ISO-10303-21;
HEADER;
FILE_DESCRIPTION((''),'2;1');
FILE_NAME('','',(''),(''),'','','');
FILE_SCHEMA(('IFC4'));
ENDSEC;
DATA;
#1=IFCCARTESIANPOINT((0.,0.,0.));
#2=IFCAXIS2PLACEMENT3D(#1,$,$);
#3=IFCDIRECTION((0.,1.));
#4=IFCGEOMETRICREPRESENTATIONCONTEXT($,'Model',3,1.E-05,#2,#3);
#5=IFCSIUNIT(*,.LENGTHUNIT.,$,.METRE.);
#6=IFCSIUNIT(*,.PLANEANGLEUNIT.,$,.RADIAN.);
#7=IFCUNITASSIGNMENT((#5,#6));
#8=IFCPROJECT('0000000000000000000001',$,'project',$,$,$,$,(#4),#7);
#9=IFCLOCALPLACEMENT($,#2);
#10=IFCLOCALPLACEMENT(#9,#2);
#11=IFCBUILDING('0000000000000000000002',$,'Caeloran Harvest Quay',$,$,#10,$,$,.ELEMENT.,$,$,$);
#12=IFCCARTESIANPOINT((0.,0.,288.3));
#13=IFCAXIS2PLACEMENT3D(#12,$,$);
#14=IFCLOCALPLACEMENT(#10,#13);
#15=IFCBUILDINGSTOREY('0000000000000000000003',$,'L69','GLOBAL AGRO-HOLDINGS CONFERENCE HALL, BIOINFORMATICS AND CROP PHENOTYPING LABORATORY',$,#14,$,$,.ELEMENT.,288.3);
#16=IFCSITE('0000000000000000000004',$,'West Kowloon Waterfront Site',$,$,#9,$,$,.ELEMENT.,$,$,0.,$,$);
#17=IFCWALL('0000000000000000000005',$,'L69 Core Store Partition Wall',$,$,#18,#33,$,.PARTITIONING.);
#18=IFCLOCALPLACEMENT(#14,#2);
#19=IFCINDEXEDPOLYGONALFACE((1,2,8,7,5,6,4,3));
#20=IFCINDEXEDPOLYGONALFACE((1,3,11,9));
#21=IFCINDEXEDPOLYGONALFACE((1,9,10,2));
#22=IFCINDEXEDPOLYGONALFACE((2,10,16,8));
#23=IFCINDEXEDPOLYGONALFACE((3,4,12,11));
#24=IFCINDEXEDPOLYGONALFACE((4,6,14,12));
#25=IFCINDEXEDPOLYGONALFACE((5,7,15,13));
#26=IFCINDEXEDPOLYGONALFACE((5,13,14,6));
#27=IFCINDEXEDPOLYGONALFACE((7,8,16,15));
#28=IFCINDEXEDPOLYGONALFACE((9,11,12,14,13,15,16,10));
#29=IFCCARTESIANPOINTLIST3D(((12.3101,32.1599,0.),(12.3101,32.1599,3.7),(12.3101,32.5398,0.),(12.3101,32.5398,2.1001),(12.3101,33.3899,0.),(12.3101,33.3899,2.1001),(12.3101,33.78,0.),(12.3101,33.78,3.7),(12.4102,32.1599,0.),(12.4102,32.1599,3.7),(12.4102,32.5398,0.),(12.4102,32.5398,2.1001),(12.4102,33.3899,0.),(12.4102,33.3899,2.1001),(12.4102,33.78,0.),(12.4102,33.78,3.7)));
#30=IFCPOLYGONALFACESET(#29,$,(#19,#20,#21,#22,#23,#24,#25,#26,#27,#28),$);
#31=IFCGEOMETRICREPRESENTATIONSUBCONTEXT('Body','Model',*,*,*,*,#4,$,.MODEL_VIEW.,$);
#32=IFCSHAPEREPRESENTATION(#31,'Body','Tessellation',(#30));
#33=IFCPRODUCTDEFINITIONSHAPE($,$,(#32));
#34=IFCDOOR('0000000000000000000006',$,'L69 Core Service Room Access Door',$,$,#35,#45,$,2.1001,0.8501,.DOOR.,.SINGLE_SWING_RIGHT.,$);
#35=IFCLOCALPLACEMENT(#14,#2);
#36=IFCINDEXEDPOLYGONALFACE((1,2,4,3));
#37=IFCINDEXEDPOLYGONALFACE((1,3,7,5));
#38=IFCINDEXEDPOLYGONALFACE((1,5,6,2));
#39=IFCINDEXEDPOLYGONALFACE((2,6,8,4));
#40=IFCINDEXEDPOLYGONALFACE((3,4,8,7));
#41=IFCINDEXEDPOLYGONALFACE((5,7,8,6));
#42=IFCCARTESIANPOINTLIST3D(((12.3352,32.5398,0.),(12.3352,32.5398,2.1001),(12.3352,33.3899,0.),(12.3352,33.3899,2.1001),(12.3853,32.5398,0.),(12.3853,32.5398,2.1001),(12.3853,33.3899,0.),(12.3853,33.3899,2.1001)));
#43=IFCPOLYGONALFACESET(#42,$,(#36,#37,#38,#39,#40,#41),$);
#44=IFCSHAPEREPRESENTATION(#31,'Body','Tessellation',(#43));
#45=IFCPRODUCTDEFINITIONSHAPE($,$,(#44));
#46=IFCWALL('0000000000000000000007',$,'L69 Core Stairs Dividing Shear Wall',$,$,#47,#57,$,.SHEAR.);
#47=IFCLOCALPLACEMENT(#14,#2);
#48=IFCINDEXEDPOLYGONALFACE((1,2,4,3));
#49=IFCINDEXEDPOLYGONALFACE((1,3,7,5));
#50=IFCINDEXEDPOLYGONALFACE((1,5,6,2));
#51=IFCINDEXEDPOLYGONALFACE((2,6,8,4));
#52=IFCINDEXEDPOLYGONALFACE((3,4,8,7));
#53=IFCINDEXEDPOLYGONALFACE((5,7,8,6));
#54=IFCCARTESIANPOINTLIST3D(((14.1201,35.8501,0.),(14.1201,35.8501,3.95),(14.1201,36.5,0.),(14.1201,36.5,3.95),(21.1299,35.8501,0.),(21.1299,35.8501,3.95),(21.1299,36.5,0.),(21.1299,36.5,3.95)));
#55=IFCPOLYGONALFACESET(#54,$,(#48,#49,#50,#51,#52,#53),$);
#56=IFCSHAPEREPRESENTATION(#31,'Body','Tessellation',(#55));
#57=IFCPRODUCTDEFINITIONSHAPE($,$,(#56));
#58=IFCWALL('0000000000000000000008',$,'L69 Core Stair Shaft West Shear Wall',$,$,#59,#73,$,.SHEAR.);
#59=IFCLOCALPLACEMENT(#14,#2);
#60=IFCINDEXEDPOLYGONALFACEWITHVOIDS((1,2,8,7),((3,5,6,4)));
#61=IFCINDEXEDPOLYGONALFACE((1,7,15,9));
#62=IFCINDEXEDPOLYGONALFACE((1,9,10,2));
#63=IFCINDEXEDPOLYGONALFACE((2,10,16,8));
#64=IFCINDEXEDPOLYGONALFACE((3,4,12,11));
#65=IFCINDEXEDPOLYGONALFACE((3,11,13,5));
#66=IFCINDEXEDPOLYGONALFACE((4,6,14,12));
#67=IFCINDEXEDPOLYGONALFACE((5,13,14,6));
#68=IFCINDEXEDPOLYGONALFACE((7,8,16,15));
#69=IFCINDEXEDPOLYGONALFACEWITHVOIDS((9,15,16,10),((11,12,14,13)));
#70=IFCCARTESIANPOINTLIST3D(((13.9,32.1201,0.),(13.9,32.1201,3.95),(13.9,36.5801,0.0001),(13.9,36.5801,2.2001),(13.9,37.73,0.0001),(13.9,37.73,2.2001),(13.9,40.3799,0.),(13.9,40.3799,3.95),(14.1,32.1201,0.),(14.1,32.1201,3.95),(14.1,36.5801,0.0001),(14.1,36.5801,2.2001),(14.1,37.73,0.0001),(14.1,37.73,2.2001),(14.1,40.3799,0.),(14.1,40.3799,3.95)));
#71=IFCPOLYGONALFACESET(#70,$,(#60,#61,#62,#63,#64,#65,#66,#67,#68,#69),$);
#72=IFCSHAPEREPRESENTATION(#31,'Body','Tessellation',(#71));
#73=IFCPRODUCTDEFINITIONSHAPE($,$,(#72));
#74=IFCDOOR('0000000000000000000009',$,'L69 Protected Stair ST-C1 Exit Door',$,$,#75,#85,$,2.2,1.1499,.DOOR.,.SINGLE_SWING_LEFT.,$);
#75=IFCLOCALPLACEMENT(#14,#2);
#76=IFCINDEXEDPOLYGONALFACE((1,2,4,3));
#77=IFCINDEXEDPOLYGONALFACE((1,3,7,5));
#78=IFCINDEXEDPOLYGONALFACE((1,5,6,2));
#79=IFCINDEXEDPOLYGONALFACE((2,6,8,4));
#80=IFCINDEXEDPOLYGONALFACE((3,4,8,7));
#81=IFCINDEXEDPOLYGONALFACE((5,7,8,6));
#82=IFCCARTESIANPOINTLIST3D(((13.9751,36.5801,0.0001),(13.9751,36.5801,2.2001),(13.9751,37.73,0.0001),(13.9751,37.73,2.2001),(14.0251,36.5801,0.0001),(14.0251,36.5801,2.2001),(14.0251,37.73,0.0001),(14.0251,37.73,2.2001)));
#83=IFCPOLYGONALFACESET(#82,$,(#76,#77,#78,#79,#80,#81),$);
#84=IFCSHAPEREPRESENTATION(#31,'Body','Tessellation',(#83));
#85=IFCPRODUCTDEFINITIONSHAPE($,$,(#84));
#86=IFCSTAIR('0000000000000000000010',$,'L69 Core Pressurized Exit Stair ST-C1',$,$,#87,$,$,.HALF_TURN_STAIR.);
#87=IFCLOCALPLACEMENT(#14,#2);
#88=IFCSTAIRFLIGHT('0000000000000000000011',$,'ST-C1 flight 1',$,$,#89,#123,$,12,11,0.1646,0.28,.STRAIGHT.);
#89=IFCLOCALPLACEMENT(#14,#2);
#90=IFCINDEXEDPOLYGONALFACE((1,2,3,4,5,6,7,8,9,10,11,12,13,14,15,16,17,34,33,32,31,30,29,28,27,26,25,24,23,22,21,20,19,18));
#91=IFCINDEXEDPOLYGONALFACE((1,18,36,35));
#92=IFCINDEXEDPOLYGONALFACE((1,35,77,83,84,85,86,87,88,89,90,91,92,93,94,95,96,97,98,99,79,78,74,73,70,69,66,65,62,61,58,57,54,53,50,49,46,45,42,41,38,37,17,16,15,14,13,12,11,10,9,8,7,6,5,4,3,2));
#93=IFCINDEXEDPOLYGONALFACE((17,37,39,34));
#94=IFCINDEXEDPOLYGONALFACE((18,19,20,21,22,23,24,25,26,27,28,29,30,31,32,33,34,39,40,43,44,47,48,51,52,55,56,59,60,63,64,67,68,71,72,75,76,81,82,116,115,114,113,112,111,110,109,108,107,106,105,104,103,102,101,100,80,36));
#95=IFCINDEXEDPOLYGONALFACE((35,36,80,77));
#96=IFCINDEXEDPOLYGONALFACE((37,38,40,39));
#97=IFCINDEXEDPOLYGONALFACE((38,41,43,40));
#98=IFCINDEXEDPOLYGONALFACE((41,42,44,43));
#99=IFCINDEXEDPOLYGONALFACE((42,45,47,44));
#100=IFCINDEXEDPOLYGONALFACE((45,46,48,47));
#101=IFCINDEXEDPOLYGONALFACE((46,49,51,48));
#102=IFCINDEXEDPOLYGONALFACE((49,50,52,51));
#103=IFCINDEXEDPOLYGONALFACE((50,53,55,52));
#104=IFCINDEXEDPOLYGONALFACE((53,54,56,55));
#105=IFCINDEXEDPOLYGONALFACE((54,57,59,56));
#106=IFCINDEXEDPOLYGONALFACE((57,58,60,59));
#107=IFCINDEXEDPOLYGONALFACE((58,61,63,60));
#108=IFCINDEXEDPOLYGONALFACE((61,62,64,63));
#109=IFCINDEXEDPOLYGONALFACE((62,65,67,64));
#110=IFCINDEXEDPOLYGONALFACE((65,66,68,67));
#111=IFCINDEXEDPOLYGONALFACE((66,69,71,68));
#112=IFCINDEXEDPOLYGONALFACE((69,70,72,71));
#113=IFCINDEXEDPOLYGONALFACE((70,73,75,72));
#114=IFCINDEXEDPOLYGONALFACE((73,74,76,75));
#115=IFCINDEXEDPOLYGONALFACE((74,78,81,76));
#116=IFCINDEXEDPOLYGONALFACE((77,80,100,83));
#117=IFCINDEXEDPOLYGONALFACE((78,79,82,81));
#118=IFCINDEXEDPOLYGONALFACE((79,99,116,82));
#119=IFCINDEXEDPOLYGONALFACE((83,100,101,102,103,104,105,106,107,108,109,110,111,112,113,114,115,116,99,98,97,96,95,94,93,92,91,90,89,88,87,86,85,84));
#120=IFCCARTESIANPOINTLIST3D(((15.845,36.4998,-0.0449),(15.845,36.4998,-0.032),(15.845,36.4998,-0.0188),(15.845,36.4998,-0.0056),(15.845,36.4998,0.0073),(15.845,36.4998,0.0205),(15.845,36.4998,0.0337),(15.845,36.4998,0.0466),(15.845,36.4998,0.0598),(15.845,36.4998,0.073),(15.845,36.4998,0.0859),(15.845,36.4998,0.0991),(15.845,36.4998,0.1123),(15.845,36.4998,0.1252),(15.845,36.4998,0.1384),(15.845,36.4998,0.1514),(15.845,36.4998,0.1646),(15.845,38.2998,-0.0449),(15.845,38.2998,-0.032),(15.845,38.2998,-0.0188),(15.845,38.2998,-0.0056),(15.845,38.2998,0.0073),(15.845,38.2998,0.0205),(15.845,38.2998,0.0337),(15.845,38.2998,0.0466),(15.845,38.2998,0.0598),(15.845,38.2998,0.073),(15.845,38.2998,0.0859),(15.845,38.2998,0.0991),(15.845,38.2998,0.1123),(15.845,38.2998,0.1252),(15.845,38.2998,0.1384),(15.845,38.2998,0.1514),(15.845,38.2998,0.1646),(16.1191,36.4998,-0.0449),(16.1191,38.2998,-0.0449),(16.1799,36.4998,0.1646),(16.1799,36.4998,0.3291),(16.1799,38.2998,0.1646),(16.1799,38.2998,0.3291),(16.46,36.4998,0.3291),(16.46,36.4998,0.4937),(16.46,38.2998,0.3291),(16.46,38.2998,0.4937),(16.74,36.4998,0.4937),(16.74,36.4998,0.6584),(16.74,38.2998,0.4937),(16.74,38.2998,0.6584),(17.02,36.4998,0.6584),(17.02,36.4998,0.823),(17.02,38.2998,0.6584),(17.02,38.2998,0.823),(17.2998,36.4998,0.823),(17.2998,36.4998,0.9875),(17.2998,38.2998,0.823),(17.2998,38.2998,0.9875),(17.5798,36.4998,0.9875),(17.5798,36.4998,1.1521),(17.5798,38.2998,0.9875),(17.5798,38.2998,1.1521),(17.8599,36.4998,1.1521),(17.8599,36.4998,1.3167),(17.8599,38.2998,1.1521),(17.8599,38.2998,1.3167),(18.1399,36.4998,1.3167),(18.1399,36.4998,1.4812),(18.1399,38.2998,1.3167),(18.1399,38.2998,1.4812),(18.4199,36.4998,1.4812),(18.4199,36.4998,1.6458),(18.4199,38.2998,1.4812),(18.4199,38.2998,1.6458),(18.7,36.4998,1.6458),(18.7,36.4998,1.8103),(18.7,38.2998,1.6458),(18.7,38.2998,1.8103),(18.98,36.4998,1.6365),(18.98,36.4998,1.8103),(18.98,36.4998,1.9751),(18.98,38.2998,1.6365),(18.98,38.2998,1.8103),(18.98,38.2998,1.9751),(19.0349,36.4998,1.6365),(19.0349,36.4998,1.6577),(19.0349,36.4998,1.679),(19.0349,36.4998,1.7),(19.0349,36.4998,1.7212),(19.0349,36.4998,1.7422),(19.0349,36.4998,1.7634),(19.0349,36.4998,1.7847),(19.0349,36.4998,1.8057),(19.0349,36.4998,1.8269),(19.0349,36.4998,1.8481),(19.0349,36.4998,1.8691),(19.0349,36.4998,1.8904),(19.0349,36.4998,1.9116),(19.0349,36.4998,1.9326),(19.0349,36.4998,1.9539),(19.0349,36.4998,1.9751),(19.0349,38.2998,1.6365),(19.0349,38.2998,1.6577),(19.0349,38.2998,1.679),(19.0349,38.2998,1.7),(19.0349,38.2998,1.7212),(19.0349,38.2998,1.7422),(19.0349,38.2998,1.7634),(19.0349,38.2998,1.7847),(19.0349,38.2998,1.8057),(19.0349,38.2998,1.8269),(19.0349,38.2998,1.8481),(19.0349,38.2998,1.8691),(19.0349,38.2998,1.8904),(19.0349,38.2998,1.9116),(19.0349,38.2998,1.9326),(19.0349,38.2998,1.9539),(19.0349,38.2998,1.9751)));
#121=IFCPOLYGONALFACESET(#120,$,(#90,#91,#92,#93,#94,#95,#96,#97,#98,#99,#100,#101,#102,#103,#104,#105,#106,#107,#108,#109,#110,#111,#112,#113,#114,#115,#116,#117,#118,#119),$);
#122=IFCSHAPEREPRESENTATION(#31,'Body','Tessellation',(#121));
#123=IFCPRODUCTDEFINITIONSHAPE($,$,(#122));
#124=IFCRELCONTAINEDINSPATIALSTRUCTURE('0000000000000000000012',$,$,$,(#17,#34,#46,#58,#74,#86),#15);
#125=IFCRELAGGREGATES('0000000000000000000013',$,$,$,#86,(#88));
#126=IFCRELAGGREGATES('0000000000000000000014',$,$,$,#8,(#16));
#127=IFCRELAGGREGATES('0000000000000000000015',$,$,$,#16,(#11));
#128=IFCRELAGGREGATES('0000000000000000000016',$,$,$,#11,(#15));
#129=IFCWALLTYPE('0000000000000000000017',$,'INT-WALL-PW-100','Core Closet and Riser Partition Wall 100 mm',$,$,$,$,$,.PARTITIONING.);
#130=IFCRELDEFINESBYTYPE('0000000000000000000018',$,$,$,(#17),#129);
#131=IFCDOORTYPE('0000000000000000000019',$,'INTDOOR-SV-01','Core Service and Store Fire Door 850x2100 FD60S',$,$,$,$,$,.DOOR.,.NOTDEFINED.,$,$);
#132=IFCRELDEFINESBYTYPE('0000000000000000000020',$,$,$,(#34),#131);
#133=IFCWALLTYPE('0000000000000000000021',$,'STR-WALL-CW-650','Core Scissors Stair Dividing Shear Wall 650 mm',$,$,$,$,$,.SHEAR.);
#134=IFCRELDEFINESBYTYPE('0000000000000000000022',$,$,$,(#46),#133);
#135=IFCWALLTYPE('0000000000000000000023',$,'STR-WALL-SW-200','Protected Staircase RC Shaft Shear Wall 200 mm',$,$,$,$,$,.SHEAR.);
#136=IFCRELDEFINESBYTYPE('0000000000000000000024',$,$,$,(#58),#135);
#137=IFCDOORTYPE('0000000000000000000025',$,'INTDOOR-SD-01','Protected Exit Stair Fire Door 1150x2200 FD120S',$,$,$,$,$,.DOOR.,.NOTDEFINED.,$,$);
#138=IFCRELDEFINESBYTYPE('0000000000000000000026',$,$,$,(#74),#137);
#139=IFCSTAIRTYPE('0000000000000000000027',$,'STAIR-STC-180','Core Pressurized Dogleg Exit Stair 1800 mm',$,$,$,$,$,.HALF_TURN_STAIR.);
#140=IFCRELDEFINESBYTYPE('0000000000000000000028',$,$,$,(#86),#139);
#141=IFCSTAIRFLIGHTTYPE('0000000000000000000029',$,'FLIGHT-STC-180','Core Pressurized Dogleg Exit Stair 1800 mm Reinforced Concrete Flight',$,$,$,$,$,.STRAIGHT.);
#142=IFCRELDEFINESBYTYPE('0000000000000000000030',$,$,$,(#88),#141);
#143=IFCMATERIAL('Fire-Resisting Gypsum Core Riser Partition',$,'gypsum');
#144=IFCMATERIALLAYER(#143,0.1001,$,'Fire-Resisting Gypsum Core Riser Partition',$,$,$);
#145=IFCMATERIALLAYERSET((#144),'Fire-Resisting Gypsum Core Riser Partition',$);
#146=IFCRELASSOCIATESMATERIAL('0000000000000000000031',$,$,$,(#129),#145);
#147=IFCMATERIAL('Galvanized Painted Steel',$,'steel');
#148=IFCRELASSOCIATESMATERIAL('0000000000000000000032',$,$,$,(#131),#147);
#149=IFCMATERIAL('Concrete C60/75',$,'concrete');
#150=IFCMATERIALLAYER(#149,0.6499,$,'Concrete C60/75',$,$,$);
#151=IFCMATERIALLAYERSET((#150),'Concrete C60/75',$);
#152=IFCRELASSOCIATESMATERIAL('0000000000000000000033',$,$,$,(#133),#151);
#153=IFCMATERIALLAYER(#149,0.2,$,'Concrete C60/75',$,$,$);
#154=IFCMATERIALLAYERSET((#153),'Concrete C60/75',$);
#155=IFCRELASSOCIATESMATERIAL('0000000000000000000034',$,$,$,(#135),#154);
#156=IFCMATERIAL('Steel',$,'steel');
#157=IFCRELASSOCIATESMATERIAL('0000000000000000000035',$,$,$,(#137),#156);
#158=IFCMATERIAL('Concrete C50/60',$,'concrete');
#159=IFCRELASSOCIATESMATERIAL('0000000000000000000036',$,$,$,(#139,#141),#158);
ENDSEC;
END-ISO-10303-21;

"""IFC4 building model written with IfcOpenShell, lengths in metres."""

from ifc_helpers import new_model, si_unit, direction, frame, frame_2d, origin, place, context, subcontext, project, spatial, polyline, rectangle, outline, extrude, material, layer, layer_set, type_object, element, fill, aggregate, save


model = new_model("IFC4")

# Units and contexts
model_context = context("Model", 3, precision=1e-05, world=origin(), true_north=direction((0.0, 1.0)))
body_context = subcontext(model_context, "Body", "Model", "MODEL_VIEW")
ifc_project = project(units=[si_unit("LENGTHUNIT", "METRE"), si_unit("PLANEANGLEUNIT", "RADIAN")], contexts=[model_context])

# Site, building, storey
site_placement = place(None, origin())
site = spatial("IfcSite", under=ifc_project, at=site_placement, Name="West Kowloon Waterfront Site", CompositionType="ELEMENT", RefElevation=0.0)
building_placement = place(site_placement, origin())
building = spatial("IfcBuilding", under=site, at=building_placement, Name="Caeloran Harvest Quay", CompositionType="ELEMENT")
storey_placement = place(building_placement, frame((0.0, 0.0, 288.3)))
storey = spatial("IfcBuildingStorey", under=building, at=storey_placement, Name="L69", Description="GLOBAL AGRO-HOLDINGS CONFERENCE HALL, BIOINFORMATICS AND CROP PHENOTYPING LABORATORY", CompositionType="ELEMENT", Elevation=288.3)

# Wall, opening, door
ifc_material_1 = material(Name="Fire-Resisting Gypsum Core Riser Partition", Category="gypsum")
ifc_layer_1 = layer(ifc_material_1, 0.1001, Name="Fire-Resisting Gypsum Core Riser Partition")
ifc_layer_set_1 = layer_set([ifc_layer_1], Name="Fire-Resisting Gypsum Core Riser Partition")
wall_type_1 = type_object("IfcWallType", Name="INT-WALL-PW-100", Description="Core Closet and Riser Partition Wall 100 mm", PredefinedType="PARTITIONING", material=ifc_layer_set_1)
wall_1_placement = place(storey_placement, frame((12.3601, 32.1599, 0.0), z_axis=(0.0, 0.0, 1.0), x_axis=(0.0, 1.0, 0.0)))
wall_1 = element("IfcWall", 1, at=wall_1_placement, inside=storey, type_object=wall_type_1, Name="L69 Core Store Partition Wall", PredefinedType="PARTITIONING", context=body_context, shape_type="SweptSolid", body=[
    extrude(rectangle(XDim=1.6201, YDim=0.1001, at=frame_2d((0.8101, 0.0))), origin(), (0.0, 0.0, 1.0), 3.7),
])
opening_1_placement = place(wall_1_placement, frame((0.3799, 0.0, 0.0)))
opening_1 = element("IfcOpeningElement", 2, at=opening_1_placement, cuts=wall_1, PredefinedType="OPENING", context=body_context, shape_type="SweptSolid", body=[
    extrude(rectangle(XDim=0.8501, YDim=2.1001, at=frame_2d((0.425, 1.05))), frame((0.0, 0.0601, 0.0), z_axis=(0.0, -1.0, 0.0), x_axis=(1.0, 0.0, 0.0)), (0.0, 0.0, 1.0), 0.1201),
])
ifc_material_2 = material(Name="Galvanized Painted Steel", Category="steel")
door_type_1 = type_object("IfcDoorType", Name="INTDOOR-SV-01", Description="Core Service and Store Fire Door 850x2100 FD60S", OperationType="NOTDEFINED", PredefinedType="DOOR", material=ifc_material_2)
door_1_placement = place(opening_1_placement, origin())
door_1 = element("IfcDoor", 3, at=door_1_placement, inside=storey, type_object=door_type_1, Name="L69 Core Service Room Access Door", OperationType="SINGLE_SWING_RIGHT", OverallHeight=2.1001, OverallWidth=0.8501, PredefinedType="DOOR", context=body_context, shape_type="SweptSolid", body=[
    extrude(rectangle(XDim=0.8501, YDim=2.1001, at=frame_2d((0.425, 1.05))), frame((0.0, 0.0249, 0.0), z_axis=(0.0, -1.0, 0.0), x_axis=(1.0, 0.0, 0.0)), (0.0, 0.0, 1.0), 0.05),
])
fill(opening_1, door_1)

# Wall
ifc_material_3 = material(Name="Concrete C60/75", Category="concrete")
ifc_layer_2 = layer(ifc_material_3, 0.6499, Name="Concrete C60/75")
ifc_layer_set_2 = layer_set([ifc_layer_2], Name="Concrete C60/75")
wall_type_2 = type_object("IfcWallType", Name="STR-WALL-CW-650", Description="Core Scissors Stair Dividing Shear Wall 650 mm", PredefinedType="SHEAR", material=ifc_layer_set_2)
wall_2_placement = place(storey_placement, frame((14.1201, 36.175, 0.0), z_axis=(0.0, 0.0, 1.0), x_axis=(1.0, 0.0, 0.0)))
element("IfcWall", 4, at=wall_2_placement, inside=storey, type_object=wall_type_2, Name="L69 Core Stairs Dividing Shear Wall", PredefinedType="SHEAR", context=body_context, shape_type="SweptSolid", body=[
    extrude(rectangle(XDim=7.0098, YDim=0.6499, at=frame_2d((3.5049, 0.0))), origin(), (0.0, 0.0, 1.0), 3.95),
])

# Wall, opening, door
ifc_layer_3 = layer(ifc_material_3, 0.2, Name="Concrete C60/75")
ifc_layer_set_3 = layer_set([ifc_layer_3], Name="Concrete C60/75")
wall_type_3 = type_object("IfcWallType", Name="STR-WALL-SW-200", Description="Protected Staircase RC Shaft Shear Wall 200 mm", PredefinedType="SHEAR", material=ifc_layer_set_3)
wall_3_placement = place(storey_placement, frame((14.0, 32.1201, 0.0), z_axis=(0.0, 0.0, 1.0), x_axis=(0.0, 1.0, 0.0)))
wall_3 = element("IfcWall", 5, at=wall_3_placement, inside=storey, type_object=wall_type_3, Name="L69 Core Stair Shaft West Shear Wall", PredefinedType="SHEAR", context=body_context, shape_type="SweptSolid", body=[
    extrude(rectangle(XDim=8.2598, YDim=0.2, at=frame_2d((4.1299, 0.0))), origin(), (0.0, 0.0, 1.0), 3.95),
])
opening_2_placement = place(wall_3_placement, frame((4.46, 0.0, 0.0)))
opening_2 = element("IfcOpeningElement", 6, at=opening_2_placement, cuts=wall_3, PredefinedType="OPENING", context=body_context, shape_type="SweptSolid", body=[
    extrude(rectangle(XDim=1.1499, YDim=2.2, at=frame_2d((0.575, 1.1001))), frame((0.0, 0.1099, 0.0), z_axis=(0.0, -1.0, 0.0), x_axis=(1.0, 0.0, 0.0)), (0.0, 0.0, 1.0), 0.22),
])
ifc_material_4 = material(Name="Steel", Category="steel")
door_type_2 = type_object("IfcDoorType", Name="INTDOOR-SD-01", Description="Protected Exit Stair Fire Door 1150x2200 FD120S", OperationType="NOTDEFINED", PredefinedType="DOOR", material=ifc_material_4)
door_2_placement = place(opening_2_placement, origin())
door_2 = element("IfcDoor", 7, at=door_2_placement, inside=storey, type_object=door_type_2, Name="L69 Protected Stair ST-C1 Exit Door", OperationType="SINGLE_SWING_LEFT", OverallHeight=2.2, OverallWidth=1.1499, PredefinedType="DOOR", context=body_context, shape_type="SweptSolid", body=[
    extrude(rectangle(XDim=1.1499, YDim=2.2, at=frame_2d((0.575, 1.1001))), frame((0.0, 0.0249, 0.0), z_axis=(0.0, -1.0, 0.0), x_axis=(1.0, 0.0, 0.0)), (0.0, 0.0, 1.0), 0.05),
])
fill(opening_2, door_2)

# Stair, stair flight
ifc_material_5 = material(Name="Concrete C50/60", Category="concrete")
stair_type = type_object("IfcStairType", Name="STAIR-STC-180", Description="Core Pressurized Dogleg Exit Stair 1800 mm", PredefinedType="HALF_TURN_STAIR", material=ifc_material_5)
stair_1_placement = place(storey_placement, origin())
stair_1 = element("IfcStair", 8, at=stair_1_placement, inside=storey, type_object=stair_type, Name="L69 Core Pressurized Exit Stair ST-C1", PredefinedType="HALF_TURN_STAIR")
stair_flight_type = type_object("IfcStairFlightType", Name="FLIGHT-STC-180", Description="Core Pressurized Dogleg Exit Stair 1800 mm Reinforced Concrete Flight", PredefinedType="STRAIGHT", material=ifc_material_5)
stair_flight_1_placement = place(storey_placement, frame((15.8999, 37.3999, 0.0), z_axis=(0.0, 0.0, 1.0), x_axis=(1.0, 0.0, 0.0)))
stair_flight_1 = element("IfcStairFlight", 9, at=stair_flight_1_placement, type_object=stair_flight_type, Name="ST-C1 flight 1", NumberOfRisers=12, NumberOfTreads=11, PredefinedType="STRAIGHT", RiserHeight=0.1646, TreadLength=0.28, context=body_context, shape_type="SweptSolid", body=[
    extrude(outline(polyline([(-0.0549, -0.0449), (-0.0549, -0.032), (-0.0549, -0.0188), (-0.0549, -0.0056), (-0.0549, 0.0073), (-0.0549, 0.0205), (-0.0549, 0.0337), (-0.0549, 0.0466), (-0.0549, 0.0598), (-0.0549, 0.073), (-0.0549, 0.0859), (-0.0549, 0.0991), (-0.0549, 0.1123), (-0.0549, 0.1252), (-0.0549, 0.1384), (-0.0549, 0.1514), (-0.0549, 0.1646), (0.28, 0.1646), (0.28, 0.3291), (0.5601, 0.3291), (0.5601, 0.4937), (0.8401, 0.4937), (0.8401, 0.6584), (1.1201, 0.6584), (1.1201, 0.823), (1.3999, 0.823), (1.3999, 0.9875), (1.6799, 0.9875), (1.6799, 1.1521), (1.96, 1.1521), (1.96, 1.3167), (2.24, 1.3167), (2.24, 1.4812), (2.52, 1.4812), (2.52, 1.6458), (2.8, 1.6458), (2.8, 1.8103), (3.0801, 1.8103), (3.0801, 1.9751), (3.135, 1.9751), (3.135, 1.9539), (3.135, 1.9326), (3.135, 1.9116), (3.135, 1.8904), (3.135, 1.8691), (3.135, 1.8481), (3.135, 1.8269), (3.135, 1.8057), (3.135, 1.7847), (3.135, 1.7634), (3.135, 1.7422), (3.135, 1.7212), (3.135, 1.7), (3.135, 1.679), (3.135, 1.6577), (3.135, 1.6365), (3.0801, 1.6365), (0.2192, -0.0449), (-0.0549, -0.0449)])), frame((0.0, 0.8999, 0.0), z_axis=(0.0, -1.0, 0.0), x_axis=(1.0, 0.0, 0.0)), (0.0, 0.0, 1.0), 1.8),
])
aggregate(stair_1, [stair_flight_1])

save(model, "model.ifc")
